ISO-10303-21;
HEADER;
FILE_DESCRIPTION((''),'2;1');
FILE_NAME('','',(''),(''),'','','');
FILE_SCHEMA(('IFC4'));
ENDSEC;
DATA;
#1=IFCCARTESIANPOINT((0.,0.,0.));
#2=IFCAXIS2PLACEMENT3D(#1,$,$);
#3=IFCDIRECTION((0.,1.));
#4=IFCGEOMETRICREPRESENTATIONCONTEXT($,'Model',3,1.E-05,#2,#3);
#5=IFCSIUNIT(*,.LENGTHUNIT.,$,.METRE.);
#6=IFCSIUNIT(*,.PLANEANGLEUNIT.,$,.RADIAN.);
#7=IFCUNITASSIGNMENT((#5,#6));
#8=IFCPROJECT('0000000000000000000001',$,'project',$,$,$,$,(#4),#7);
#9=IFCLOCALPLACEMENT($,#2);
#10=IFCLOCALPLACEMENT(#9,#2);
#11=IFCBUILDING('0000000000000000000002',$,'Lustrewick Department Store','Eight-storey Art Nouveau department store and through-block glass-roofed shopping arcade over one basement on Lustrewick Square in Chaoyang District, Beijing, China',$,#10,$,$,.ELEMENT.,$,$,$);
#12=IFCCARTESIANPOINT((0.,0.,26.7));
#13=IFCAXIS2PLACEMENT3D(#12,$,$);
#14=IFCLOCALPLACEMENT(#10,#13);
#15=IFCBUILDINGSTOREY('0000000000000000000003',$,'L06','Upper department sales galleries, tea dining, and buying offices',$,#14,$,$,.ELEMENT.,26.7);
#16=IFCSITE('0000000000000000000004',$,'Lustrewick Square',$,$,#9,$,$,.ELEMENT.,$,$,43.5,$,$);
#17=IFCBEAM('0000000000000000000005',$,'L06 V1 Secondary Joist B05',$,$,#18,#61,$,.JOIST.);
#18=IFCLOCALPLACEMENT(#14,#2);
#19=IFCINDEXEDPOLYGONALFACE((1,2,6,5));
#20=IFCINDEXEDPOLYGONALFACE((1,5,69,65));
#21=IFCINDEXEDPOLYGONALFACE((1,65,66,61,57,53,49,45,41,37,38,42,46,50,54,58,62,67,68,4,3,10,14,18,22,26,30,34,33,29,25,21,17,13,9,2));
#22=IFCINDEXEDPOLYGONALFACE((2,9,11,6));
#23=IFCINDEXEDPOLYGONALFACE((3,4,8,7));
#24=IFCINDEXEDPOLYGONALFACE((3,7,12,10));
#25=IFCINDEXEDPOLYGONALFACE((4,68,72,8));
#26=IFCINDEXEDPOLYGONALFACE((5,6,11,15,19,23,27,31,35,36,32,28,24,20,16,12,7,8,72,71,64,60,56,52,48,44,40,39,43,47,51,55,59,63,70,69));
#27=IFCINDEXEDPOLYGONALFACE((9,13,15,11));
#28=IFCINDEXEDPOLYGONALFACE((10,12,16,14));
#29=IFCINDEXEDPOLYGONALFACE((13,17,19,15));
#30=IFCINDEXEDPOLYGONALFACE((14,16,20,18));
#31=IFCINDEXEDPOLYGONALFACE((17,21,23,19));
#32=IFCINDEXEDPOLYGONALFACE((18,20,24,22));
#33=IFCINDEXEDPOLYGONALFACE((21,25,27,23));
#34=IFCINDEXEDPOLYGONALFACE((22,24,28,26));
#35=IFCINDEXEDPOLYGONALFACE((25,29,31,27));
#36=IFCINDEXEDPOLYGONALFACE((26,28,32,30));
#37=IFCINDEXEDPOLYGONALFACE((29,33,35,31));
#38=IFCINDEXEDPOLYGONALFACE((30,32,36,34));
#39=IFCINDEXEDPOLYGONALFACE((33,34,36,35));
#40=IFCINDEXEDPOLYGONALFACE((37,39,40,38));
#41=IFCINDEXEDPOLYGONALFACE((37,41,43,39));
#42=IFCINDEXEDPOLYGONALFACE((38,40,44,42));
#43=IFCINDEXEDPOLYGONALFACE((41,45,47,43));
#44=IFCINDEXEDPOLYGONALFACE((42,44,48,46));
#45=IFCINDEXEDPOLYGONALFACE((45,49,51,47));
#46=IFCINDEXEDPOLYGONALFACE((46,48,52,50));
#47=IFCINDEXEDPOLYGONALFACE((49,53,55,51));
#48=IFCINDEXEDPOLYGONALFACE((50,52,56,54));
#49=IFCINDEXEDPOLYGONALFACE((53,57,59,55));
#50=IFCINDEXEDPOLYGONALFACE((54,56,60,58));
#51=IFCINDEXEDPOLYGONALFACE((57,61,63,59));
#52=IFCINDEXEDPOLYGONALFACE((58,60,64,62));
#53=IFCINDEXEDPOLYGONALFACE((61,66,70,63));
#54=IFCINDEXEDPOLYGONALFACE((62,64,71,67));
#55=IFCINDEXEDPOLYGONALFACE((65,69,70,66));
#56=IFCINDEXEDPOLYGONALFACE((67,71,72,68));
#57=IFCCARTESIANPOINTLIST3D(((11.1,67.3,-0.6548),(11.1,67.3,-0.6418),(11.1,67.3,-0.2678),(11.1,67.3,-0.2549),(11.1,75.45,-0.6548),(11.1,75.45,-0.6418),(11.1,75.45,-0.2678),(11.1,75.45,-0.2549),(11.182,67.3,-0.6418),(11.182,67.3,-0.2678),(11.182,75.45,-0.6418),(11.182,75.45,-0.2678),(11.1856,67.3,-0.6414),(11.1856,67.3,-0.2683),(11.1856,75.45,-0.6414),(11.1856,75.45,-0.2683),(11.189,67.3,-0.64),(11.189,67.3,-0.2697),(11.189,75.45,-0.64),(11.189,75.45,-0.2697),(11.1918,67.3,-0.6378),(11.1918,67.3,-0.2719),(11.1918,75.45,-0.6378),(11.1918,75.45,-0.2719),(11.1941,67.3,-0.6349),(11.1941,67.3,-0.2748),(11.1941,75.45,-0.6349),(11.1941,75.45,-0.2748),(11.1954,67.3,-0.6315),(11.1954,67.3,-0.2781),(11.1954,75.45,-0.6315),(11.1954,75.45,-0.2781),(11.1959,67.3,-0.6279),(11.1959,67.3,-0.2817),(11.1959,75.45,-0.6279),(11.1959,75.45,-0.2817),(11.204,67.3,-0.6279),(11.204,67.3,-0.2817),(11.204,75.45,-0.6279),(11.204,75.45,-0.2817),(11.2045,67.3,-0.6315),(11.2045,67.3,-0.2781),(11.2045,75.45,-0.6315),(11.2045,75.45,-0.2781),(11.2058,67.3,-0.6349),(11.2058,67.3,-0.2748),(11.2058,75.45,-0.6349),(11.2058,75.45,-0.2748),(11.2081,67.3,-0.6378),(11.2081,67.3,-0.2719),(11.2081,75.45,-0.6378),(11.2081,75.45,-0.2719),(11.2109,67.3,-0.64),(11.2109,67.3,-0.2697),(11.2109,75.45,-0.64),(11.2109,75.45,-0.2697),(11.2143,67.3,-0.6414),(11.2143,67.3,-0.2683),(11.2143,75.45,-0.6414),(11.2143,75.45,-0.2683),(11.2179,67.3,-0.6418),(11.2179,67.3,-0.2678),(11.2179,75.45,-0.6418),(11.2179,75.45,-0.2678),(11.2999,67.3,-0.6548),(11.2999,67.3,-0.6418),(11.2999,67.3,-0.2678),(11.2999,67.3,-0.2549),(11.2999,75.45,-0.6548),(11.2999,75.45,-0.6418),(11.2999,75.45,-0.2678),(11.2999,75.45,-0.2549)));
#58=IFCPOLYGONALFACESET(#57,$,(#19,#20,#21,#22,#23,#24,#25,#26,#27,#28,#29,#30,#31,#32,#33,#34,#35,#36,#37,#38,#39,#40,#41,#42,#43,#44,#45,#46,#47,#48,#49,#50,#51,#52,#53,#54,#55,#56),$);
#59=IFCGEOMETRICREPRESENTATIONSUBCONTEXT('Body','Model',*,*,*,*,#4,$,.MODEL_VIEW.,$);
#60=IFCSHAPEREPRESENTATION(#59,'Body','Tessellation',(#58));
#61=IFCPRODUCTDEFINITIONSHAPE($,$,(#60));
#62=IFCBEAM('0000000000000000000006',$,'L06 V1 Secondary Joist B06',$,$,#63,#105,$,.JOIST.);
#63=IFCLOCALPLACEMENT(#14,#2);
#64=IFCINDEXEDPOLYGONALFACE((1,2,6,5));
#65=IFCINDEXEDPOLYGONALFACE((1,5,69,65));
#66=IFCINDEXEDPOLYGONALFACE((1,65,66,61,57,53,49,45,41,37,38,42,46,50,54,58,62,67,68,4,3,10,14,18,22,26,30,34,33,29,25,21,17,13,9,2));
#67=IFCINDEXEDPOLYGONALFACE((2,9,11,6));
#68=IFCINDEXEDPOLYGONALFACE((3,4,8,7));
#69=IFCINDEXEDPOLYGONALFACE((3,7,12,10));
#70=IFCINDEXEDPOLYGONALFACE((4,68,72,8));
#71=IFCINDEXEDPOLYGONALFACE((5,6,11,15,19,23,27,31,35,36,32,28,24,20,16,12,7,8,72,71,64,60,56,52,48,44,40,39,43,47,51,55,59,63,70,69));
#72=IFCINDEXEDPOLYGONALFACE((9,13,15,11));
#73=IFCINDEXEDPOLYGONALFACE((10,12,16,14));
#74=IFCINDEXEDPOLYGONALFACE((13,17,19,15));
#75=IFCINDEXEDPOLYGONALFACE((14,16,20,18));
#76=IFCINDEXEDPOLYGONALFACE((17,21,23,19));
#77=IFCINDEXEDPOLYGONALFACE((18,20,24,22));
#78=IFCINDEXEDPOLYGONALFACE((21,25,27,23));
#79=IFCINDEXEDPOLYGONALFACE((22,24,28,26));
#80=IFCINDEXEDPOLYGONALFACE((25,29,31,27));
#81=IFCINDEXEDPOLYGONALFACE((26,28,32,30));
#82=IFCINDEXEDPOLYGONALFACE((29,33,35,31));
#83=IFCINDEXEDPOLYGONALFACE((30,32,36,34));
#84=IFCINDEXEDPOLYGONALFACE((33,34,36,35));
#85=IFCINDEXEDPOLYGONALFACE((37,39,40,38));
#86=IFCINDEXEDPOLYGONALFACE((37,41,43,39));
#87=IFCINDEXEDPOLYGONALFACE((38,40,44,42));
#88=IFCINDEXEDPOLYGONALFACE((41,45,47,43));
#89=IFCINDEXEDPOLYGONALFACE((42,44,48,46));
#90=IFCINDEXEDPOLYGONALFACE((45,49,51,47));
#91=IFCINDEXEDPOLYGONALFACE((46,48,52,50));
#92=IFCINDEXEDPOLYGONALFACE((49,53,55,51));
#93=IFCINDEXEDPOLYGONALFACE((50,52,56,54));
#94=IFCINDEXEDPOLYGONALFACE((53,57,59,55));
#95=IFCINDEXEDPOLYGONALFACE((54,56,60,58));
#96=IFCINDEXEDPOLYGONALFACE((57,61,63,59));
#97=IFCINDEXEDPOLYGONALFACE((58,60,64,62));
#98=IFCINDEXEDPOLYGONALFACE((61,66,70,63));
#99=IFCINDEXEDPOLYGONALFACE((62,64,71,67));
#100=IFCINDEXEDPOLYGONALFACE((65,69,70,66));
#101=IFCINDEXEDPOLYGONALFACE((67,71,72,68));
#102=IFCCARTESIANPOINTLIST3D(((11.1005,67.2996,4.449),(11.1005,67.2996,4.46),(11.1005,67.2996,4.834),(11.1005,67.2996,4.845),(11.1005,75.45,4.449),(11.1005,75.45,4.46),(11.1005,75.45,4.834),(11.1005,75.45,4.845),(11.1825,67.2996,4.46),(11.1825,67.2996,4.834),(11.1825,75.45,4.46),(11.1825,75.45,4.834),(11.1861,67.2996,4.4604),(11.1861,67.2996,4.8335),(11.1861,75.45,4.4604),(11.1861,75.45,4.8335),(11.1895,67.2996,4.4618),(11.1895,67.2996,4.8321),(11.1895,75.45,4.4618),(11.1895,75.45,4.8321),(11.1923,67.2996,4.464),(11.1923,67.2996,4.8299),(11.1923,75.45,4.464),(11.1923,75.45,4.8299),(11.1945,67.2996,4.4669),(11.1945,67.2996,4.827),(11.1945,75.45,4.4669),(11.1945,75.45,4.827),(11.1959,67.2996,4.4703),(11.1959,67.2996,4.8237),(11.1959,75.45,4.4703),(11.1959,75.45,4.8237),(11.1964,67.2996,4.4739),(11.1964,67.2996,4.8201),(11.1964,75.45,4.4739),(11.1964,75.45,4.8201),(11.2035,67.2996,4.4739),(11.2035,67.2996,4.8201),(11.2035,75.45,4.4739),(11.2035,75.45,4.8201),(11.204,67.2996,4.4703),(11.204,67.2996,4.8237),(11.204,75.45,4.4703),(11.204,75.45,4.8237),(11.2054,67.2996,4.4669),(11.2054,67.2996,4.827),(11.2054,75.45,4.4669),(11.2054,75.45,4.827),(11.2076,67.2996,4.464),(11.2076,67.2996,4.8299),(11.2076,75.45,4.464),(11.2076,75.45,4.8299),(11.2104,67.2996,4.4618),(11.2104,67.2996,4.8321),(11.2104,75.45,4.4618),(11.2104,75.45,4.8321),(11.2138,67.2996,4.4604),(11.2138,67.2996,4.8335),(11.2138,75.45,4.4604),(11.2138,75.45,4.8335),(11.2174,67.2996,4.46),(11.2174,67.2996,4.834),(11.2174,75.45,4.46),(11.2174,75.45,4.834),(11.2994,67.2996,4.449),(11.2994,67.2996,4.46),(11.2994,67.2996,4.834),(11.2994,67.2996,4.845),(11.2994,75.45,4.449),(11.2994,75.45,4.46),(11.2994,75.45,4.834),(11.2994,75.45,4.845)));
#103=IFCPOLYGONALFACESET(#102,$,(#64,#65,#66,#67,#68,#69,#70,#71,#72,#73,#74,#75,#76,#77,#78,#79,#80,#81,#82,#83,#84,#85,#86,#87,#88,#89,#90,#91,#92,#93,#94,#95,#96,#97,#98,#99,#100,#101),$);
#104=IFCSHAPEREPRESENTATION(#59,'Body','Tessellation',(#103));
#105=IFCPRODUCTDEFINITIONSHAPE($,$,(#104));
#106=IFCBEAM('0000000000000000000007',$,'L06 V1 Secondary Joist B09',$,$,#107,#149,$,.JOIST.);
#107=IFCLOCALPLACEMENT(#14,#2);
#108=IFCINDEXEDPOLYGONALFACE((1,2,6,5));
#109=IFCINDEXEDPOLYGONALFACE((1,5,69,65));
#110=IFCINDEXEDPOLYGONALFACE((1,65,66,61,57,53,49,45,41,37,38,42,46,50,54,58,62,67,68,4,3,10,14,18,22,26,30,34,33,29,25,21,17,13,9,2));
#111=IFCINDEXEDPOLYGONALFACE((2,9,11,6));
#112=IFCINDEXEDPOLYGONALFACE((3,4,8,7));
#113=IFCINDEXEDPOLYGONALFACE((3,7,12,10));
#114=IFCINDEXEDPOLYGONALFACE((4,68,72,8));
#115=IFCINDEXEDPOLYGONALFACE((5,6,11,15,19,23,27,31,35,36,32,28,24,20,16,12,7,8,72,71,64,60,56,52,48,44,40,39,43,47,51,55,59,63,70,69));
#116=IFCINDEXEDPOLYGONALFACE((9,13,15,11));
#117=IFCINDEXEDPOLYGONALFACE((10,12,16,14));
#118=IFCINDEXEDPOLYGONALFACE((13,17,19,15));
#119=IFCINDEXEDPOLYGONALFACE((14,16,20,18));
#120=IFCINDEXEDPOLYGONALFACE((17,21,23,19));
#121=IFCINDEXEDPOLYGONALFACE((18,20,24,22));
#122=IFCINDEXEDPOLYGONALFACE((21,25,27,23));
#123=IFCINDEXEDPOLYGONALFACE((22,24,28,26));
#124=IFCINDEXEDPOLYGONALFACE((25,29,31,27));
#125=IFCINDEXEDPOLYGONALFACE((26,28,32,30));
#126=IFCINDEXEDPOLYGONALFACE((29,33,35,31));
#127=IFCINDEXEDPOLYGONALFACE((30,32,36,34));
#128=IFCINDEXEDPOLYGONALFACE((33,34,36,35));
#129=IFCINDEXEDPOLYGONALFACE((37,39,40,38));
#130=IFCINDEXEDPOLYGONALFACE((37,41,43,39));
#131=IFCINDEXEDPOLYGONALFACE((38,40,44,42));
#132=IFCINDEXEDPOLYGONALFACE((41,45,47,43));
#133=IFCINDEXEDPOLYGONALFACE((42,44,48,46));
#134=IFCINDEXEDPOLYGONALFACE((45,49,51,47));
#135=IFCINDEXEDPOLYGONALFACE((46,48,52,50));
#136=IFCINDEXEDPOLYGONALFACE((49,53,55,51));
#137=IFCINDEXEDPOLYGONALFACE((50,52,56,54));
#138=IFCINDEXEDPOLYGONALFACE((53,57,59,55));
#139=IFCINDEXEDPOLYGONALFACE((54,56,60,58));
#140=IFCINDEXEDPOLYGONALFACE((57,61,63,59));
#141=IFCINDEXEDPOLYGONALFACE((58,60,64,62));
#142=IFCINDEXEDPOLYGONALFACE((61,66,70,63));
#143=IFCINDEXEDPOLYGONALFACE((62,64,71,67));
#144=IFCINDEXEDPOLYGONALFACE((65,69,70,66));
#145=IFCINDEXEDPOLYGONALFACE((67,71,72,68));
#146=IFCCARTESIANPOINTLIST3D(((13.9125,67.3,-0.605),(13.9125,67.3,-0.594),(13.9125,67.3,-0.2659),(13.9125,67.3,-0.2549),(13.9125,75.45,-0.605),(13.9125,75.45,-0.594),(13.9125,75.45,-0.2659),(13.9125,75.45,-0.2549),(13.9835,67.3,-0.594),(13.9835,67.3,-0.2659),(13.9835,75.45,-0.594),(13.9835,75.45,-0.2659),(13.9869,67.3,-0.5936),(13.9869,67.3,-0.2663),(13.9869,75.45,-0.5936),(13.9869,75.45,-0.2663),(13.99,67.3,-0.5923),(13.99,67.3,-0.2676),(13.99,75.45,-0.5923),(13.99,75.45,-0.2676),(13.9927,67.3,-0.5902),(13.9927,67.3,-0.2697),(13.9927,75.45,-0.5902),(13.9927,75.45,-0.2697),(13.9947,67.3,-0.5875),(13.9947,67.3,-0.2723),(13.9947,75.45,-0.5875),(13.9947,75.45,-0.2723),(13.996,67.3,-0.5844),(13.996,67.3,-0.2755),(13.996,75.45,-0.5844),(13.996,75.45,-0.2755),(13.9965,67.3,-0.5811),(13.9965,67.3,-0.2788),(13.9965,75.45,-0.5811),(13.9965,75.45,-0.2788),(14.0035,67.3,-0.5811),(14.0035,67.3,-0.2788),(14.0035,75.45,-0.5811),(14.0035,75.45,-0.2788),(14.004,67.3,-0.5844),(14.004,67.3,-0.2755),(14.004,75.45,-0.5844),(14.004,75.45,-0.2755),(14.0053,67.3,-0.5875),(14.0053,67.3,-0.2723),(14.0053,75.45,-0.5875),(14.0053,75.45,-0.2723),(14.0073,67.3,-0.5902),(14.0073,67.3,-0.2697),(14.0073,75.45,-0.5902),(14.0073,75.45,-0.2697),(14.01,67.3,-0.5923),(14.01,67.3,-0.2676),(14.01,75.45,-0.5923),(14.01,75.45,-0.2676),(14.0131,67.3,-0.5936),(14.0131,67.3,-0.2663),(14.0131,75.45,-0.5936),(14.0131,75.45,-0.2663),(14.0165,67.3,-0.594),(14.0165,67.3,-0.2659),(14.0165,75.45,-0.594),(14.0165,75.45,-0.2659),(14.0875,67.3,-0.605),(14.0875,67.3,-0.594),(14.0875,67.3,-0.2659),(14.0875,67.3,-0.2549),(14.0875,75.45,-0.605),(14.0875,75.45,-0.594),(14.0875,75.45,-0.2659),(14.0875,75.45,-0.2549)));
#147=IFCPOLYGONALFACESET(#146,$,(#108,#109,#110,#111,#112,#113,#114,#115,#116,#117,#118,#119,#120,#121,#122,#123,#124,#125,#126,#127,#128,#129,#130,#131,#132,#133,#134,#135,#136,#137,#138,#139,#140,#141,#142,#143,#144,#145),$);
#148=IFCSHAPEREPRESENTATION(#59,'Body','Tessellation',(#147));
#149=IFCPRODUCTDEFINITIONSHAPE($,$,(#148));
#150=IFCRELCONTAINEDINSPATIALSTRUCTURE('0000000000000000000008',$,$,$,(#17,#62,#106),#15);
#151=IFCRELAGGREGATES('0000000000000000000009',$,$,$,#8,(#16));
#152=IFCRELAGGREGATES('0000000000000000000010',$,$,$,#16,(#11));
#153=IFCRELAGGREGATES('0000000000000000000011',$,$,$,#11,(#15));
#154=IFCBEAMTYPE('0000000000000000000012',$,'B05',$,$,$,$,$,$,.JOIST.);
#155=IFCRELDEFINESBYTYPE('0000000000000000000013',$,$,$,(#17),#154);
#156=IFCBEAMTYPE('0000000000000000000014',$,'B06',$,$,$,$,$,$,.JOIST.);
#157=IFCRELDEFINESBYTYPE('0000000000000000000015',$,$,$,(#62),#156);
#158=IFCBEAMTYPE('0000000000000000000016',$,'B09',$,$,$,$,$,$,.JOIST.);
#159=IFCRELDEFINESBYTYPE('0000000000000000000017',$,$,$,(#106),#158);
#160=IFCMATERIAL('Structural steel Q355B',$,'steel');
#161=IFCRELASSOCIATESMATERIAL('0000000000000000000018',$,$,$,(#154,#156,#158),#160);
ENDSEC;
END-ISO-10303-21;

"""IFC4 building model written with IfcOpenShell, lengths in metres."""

from ifc_helpers import new_model, si_unit, direction, frame, origin, origin_2d, place, context, subcontext, project, spatial, i_section, extrude, material, material_profile, profile_set, type_object, element, save


model = new_model("IFC4")

# Units and contexts
model_context = context("Model", 3, precision=1e-05, world=origin(), true_north=direction((0.0, 1.0)))
body_context = subcontext(model_context, "Body", "Model", "MODEL_VIEW")
ifc_project = project(units=[si_unit("LENGTHUNIT", "METRE"), si_unit("PLANEANGLEUNIT", "RADIAN")], contexts=[model_context])

# Site, building, storey
site_placement = place(None, origin())
site = spatial("IfcSite", under=ifc_project, at=site_placement, Name="Lustrewick Square", CompositionType="ELEMENT", RefElevation=43.5)
building_placement = place(site_placement, origin())
building = spatial("IfcBuilding", under=site, at=building_placement, Name="Lustrewick Department Store", Description="Eight-storey Art Nouveau department store and through-block glass-roofed shopping arcade over one basement on Lustrewick Square in Chaoyang District, Beijing, China", CompositionType="ELEMENT")
storey_placement = place(building_placement, frame((0.0, 0.0, 26.7)))
storey = spatial("IfcBuildingStorey", under=building, at=storey_placement, Name="L06", Description="Upper department sales galleries, tea dining, and buying offices", CompositionType="ELEMENT", Elevation=26.7)

# Shared definitions
ifc_material_1 = material(Name="Structural steel Q355B", Category="steel")

# Beams
ifc_material_profile_1 = material_profile(ifc_material_1, i_section(OverallWidth=0.2, OverallDepth=0.3999, WebThickness=0.0081, FlangeThickness=0.0129, FilletRadius=0.0139, at=origin_2d()), Name="HN 400x200x8x13")
ifc_profile_set_1 = profile_set([ifc_material_profile_1], Name="Structural steel Q355B")
beam_type_1 = type_object("IfcBeamType", Name="B05", PredefinedType="JOIST", material=ifc_profile_set_1)
beam_1_placement = place(storey_placement, frame((11.2, 67.3, -0.4548), z_axis=(0.0, 1.0, 0.0), x_axis=(-1.0, 0.0, 0.0)))
element("IfcBeam", 1, at=beam_1_placement, inside=storey, type_object=beam_type_1, Name="L06 V1 Secondary Joist B05", PredefinedType="JOIST", context=body_context, shape_type="SweptSolid", body=[
    extrude(i_section(OverallWidth=0.2, OverallDepth=0.3999, WebThickness=0.0081, FlangeThickness=0.0129, FilletRadius=0.0139, at=origin_2d()), origin(), (0.0, 0.0, 1.0), 8.1499),
])
ifc_material_profile_2 = material_profile(ifc_material_1, i_section(OverallWidth=0.199, OverallDepth=0.396, WebThickness=0.0071, FlangeThickness=0.011, FilletRadius=0.0139, at=origin_2d()), Name="HN 396x199x7x11")
ifc_profile_set_2 = profile_set([ifc_material_profile_2], Name="Structural steel Q355B")
beam_type_2 = type_object("IfcBeamType", Name="B06", PredefinedType="JOIST", material=ifc_profile_set_2)
beam_2_placement = place(storey_placement, frame((11.2, 67.2996, 4.647), z_axis=(0.0, 1.0, 0.0), x_axis=(-1.0, 0.0, 0.0)))
element("IfcBeam", 2, at=beam_2_placement, inside=storey, type_object=beam_type_2, Name="L06 V1 Secondary Joist B06", PredefinedType="JOIST", context=body_context, shape_type="SweptSolid", body=[
    extrude(i_section(OverallWidth=0.199, OverallDepth=0.396, WebThickness=0.0071, FlangeThickness=0.011, FilletRadius=0.0139, at=origin_2d()), origin(), (0.0, 0.0, 1.0), 8.1504),
])
ifc_material_profile_3 = material_profile(ifc_material_1, i_section(OverallWidth=0.175, OverallDepth=0.3501, WebThickness=0.0071, FlangeThickness=0.011, FilletRadius=0.0129, at=origin_2d()), Name="HN 350x175x7x11")
ifc_profile_set_3 = profile_set([ifc_material_profile_3], Name="Structural steel Q355B")
beam_type_3 = type_object("IfcBeamType", Name="B09", PredefinedType="JOIST", material=ifc_profile_set_3)
beam_3_placement = place(storey_placement, frame((14.0, 67.3, -0.4299), z_axis=(0.0, 1.0, 0.0), x_axis=(-1.0, 0.0, 0.0)))
element("IfcBeam", 3, at=beam_3_placement, inside=storey, type_object=beam_type_3, Name="L06 V1 Secondary Joist B09", PredefinedType="JOIST", context=body_context, shape_type="SweptSolid", body=[
    extrude(i_section(OverallWidth=0.175, OverallDepth=0.3501, WebThickness=0.0071, FlangeThickness=0.011, FilletRadius=0.0129, at=origin_2d()), origin(), (0.0, 0.0, 1.0), 8.1499),
])

save(model, "model.ifc")
